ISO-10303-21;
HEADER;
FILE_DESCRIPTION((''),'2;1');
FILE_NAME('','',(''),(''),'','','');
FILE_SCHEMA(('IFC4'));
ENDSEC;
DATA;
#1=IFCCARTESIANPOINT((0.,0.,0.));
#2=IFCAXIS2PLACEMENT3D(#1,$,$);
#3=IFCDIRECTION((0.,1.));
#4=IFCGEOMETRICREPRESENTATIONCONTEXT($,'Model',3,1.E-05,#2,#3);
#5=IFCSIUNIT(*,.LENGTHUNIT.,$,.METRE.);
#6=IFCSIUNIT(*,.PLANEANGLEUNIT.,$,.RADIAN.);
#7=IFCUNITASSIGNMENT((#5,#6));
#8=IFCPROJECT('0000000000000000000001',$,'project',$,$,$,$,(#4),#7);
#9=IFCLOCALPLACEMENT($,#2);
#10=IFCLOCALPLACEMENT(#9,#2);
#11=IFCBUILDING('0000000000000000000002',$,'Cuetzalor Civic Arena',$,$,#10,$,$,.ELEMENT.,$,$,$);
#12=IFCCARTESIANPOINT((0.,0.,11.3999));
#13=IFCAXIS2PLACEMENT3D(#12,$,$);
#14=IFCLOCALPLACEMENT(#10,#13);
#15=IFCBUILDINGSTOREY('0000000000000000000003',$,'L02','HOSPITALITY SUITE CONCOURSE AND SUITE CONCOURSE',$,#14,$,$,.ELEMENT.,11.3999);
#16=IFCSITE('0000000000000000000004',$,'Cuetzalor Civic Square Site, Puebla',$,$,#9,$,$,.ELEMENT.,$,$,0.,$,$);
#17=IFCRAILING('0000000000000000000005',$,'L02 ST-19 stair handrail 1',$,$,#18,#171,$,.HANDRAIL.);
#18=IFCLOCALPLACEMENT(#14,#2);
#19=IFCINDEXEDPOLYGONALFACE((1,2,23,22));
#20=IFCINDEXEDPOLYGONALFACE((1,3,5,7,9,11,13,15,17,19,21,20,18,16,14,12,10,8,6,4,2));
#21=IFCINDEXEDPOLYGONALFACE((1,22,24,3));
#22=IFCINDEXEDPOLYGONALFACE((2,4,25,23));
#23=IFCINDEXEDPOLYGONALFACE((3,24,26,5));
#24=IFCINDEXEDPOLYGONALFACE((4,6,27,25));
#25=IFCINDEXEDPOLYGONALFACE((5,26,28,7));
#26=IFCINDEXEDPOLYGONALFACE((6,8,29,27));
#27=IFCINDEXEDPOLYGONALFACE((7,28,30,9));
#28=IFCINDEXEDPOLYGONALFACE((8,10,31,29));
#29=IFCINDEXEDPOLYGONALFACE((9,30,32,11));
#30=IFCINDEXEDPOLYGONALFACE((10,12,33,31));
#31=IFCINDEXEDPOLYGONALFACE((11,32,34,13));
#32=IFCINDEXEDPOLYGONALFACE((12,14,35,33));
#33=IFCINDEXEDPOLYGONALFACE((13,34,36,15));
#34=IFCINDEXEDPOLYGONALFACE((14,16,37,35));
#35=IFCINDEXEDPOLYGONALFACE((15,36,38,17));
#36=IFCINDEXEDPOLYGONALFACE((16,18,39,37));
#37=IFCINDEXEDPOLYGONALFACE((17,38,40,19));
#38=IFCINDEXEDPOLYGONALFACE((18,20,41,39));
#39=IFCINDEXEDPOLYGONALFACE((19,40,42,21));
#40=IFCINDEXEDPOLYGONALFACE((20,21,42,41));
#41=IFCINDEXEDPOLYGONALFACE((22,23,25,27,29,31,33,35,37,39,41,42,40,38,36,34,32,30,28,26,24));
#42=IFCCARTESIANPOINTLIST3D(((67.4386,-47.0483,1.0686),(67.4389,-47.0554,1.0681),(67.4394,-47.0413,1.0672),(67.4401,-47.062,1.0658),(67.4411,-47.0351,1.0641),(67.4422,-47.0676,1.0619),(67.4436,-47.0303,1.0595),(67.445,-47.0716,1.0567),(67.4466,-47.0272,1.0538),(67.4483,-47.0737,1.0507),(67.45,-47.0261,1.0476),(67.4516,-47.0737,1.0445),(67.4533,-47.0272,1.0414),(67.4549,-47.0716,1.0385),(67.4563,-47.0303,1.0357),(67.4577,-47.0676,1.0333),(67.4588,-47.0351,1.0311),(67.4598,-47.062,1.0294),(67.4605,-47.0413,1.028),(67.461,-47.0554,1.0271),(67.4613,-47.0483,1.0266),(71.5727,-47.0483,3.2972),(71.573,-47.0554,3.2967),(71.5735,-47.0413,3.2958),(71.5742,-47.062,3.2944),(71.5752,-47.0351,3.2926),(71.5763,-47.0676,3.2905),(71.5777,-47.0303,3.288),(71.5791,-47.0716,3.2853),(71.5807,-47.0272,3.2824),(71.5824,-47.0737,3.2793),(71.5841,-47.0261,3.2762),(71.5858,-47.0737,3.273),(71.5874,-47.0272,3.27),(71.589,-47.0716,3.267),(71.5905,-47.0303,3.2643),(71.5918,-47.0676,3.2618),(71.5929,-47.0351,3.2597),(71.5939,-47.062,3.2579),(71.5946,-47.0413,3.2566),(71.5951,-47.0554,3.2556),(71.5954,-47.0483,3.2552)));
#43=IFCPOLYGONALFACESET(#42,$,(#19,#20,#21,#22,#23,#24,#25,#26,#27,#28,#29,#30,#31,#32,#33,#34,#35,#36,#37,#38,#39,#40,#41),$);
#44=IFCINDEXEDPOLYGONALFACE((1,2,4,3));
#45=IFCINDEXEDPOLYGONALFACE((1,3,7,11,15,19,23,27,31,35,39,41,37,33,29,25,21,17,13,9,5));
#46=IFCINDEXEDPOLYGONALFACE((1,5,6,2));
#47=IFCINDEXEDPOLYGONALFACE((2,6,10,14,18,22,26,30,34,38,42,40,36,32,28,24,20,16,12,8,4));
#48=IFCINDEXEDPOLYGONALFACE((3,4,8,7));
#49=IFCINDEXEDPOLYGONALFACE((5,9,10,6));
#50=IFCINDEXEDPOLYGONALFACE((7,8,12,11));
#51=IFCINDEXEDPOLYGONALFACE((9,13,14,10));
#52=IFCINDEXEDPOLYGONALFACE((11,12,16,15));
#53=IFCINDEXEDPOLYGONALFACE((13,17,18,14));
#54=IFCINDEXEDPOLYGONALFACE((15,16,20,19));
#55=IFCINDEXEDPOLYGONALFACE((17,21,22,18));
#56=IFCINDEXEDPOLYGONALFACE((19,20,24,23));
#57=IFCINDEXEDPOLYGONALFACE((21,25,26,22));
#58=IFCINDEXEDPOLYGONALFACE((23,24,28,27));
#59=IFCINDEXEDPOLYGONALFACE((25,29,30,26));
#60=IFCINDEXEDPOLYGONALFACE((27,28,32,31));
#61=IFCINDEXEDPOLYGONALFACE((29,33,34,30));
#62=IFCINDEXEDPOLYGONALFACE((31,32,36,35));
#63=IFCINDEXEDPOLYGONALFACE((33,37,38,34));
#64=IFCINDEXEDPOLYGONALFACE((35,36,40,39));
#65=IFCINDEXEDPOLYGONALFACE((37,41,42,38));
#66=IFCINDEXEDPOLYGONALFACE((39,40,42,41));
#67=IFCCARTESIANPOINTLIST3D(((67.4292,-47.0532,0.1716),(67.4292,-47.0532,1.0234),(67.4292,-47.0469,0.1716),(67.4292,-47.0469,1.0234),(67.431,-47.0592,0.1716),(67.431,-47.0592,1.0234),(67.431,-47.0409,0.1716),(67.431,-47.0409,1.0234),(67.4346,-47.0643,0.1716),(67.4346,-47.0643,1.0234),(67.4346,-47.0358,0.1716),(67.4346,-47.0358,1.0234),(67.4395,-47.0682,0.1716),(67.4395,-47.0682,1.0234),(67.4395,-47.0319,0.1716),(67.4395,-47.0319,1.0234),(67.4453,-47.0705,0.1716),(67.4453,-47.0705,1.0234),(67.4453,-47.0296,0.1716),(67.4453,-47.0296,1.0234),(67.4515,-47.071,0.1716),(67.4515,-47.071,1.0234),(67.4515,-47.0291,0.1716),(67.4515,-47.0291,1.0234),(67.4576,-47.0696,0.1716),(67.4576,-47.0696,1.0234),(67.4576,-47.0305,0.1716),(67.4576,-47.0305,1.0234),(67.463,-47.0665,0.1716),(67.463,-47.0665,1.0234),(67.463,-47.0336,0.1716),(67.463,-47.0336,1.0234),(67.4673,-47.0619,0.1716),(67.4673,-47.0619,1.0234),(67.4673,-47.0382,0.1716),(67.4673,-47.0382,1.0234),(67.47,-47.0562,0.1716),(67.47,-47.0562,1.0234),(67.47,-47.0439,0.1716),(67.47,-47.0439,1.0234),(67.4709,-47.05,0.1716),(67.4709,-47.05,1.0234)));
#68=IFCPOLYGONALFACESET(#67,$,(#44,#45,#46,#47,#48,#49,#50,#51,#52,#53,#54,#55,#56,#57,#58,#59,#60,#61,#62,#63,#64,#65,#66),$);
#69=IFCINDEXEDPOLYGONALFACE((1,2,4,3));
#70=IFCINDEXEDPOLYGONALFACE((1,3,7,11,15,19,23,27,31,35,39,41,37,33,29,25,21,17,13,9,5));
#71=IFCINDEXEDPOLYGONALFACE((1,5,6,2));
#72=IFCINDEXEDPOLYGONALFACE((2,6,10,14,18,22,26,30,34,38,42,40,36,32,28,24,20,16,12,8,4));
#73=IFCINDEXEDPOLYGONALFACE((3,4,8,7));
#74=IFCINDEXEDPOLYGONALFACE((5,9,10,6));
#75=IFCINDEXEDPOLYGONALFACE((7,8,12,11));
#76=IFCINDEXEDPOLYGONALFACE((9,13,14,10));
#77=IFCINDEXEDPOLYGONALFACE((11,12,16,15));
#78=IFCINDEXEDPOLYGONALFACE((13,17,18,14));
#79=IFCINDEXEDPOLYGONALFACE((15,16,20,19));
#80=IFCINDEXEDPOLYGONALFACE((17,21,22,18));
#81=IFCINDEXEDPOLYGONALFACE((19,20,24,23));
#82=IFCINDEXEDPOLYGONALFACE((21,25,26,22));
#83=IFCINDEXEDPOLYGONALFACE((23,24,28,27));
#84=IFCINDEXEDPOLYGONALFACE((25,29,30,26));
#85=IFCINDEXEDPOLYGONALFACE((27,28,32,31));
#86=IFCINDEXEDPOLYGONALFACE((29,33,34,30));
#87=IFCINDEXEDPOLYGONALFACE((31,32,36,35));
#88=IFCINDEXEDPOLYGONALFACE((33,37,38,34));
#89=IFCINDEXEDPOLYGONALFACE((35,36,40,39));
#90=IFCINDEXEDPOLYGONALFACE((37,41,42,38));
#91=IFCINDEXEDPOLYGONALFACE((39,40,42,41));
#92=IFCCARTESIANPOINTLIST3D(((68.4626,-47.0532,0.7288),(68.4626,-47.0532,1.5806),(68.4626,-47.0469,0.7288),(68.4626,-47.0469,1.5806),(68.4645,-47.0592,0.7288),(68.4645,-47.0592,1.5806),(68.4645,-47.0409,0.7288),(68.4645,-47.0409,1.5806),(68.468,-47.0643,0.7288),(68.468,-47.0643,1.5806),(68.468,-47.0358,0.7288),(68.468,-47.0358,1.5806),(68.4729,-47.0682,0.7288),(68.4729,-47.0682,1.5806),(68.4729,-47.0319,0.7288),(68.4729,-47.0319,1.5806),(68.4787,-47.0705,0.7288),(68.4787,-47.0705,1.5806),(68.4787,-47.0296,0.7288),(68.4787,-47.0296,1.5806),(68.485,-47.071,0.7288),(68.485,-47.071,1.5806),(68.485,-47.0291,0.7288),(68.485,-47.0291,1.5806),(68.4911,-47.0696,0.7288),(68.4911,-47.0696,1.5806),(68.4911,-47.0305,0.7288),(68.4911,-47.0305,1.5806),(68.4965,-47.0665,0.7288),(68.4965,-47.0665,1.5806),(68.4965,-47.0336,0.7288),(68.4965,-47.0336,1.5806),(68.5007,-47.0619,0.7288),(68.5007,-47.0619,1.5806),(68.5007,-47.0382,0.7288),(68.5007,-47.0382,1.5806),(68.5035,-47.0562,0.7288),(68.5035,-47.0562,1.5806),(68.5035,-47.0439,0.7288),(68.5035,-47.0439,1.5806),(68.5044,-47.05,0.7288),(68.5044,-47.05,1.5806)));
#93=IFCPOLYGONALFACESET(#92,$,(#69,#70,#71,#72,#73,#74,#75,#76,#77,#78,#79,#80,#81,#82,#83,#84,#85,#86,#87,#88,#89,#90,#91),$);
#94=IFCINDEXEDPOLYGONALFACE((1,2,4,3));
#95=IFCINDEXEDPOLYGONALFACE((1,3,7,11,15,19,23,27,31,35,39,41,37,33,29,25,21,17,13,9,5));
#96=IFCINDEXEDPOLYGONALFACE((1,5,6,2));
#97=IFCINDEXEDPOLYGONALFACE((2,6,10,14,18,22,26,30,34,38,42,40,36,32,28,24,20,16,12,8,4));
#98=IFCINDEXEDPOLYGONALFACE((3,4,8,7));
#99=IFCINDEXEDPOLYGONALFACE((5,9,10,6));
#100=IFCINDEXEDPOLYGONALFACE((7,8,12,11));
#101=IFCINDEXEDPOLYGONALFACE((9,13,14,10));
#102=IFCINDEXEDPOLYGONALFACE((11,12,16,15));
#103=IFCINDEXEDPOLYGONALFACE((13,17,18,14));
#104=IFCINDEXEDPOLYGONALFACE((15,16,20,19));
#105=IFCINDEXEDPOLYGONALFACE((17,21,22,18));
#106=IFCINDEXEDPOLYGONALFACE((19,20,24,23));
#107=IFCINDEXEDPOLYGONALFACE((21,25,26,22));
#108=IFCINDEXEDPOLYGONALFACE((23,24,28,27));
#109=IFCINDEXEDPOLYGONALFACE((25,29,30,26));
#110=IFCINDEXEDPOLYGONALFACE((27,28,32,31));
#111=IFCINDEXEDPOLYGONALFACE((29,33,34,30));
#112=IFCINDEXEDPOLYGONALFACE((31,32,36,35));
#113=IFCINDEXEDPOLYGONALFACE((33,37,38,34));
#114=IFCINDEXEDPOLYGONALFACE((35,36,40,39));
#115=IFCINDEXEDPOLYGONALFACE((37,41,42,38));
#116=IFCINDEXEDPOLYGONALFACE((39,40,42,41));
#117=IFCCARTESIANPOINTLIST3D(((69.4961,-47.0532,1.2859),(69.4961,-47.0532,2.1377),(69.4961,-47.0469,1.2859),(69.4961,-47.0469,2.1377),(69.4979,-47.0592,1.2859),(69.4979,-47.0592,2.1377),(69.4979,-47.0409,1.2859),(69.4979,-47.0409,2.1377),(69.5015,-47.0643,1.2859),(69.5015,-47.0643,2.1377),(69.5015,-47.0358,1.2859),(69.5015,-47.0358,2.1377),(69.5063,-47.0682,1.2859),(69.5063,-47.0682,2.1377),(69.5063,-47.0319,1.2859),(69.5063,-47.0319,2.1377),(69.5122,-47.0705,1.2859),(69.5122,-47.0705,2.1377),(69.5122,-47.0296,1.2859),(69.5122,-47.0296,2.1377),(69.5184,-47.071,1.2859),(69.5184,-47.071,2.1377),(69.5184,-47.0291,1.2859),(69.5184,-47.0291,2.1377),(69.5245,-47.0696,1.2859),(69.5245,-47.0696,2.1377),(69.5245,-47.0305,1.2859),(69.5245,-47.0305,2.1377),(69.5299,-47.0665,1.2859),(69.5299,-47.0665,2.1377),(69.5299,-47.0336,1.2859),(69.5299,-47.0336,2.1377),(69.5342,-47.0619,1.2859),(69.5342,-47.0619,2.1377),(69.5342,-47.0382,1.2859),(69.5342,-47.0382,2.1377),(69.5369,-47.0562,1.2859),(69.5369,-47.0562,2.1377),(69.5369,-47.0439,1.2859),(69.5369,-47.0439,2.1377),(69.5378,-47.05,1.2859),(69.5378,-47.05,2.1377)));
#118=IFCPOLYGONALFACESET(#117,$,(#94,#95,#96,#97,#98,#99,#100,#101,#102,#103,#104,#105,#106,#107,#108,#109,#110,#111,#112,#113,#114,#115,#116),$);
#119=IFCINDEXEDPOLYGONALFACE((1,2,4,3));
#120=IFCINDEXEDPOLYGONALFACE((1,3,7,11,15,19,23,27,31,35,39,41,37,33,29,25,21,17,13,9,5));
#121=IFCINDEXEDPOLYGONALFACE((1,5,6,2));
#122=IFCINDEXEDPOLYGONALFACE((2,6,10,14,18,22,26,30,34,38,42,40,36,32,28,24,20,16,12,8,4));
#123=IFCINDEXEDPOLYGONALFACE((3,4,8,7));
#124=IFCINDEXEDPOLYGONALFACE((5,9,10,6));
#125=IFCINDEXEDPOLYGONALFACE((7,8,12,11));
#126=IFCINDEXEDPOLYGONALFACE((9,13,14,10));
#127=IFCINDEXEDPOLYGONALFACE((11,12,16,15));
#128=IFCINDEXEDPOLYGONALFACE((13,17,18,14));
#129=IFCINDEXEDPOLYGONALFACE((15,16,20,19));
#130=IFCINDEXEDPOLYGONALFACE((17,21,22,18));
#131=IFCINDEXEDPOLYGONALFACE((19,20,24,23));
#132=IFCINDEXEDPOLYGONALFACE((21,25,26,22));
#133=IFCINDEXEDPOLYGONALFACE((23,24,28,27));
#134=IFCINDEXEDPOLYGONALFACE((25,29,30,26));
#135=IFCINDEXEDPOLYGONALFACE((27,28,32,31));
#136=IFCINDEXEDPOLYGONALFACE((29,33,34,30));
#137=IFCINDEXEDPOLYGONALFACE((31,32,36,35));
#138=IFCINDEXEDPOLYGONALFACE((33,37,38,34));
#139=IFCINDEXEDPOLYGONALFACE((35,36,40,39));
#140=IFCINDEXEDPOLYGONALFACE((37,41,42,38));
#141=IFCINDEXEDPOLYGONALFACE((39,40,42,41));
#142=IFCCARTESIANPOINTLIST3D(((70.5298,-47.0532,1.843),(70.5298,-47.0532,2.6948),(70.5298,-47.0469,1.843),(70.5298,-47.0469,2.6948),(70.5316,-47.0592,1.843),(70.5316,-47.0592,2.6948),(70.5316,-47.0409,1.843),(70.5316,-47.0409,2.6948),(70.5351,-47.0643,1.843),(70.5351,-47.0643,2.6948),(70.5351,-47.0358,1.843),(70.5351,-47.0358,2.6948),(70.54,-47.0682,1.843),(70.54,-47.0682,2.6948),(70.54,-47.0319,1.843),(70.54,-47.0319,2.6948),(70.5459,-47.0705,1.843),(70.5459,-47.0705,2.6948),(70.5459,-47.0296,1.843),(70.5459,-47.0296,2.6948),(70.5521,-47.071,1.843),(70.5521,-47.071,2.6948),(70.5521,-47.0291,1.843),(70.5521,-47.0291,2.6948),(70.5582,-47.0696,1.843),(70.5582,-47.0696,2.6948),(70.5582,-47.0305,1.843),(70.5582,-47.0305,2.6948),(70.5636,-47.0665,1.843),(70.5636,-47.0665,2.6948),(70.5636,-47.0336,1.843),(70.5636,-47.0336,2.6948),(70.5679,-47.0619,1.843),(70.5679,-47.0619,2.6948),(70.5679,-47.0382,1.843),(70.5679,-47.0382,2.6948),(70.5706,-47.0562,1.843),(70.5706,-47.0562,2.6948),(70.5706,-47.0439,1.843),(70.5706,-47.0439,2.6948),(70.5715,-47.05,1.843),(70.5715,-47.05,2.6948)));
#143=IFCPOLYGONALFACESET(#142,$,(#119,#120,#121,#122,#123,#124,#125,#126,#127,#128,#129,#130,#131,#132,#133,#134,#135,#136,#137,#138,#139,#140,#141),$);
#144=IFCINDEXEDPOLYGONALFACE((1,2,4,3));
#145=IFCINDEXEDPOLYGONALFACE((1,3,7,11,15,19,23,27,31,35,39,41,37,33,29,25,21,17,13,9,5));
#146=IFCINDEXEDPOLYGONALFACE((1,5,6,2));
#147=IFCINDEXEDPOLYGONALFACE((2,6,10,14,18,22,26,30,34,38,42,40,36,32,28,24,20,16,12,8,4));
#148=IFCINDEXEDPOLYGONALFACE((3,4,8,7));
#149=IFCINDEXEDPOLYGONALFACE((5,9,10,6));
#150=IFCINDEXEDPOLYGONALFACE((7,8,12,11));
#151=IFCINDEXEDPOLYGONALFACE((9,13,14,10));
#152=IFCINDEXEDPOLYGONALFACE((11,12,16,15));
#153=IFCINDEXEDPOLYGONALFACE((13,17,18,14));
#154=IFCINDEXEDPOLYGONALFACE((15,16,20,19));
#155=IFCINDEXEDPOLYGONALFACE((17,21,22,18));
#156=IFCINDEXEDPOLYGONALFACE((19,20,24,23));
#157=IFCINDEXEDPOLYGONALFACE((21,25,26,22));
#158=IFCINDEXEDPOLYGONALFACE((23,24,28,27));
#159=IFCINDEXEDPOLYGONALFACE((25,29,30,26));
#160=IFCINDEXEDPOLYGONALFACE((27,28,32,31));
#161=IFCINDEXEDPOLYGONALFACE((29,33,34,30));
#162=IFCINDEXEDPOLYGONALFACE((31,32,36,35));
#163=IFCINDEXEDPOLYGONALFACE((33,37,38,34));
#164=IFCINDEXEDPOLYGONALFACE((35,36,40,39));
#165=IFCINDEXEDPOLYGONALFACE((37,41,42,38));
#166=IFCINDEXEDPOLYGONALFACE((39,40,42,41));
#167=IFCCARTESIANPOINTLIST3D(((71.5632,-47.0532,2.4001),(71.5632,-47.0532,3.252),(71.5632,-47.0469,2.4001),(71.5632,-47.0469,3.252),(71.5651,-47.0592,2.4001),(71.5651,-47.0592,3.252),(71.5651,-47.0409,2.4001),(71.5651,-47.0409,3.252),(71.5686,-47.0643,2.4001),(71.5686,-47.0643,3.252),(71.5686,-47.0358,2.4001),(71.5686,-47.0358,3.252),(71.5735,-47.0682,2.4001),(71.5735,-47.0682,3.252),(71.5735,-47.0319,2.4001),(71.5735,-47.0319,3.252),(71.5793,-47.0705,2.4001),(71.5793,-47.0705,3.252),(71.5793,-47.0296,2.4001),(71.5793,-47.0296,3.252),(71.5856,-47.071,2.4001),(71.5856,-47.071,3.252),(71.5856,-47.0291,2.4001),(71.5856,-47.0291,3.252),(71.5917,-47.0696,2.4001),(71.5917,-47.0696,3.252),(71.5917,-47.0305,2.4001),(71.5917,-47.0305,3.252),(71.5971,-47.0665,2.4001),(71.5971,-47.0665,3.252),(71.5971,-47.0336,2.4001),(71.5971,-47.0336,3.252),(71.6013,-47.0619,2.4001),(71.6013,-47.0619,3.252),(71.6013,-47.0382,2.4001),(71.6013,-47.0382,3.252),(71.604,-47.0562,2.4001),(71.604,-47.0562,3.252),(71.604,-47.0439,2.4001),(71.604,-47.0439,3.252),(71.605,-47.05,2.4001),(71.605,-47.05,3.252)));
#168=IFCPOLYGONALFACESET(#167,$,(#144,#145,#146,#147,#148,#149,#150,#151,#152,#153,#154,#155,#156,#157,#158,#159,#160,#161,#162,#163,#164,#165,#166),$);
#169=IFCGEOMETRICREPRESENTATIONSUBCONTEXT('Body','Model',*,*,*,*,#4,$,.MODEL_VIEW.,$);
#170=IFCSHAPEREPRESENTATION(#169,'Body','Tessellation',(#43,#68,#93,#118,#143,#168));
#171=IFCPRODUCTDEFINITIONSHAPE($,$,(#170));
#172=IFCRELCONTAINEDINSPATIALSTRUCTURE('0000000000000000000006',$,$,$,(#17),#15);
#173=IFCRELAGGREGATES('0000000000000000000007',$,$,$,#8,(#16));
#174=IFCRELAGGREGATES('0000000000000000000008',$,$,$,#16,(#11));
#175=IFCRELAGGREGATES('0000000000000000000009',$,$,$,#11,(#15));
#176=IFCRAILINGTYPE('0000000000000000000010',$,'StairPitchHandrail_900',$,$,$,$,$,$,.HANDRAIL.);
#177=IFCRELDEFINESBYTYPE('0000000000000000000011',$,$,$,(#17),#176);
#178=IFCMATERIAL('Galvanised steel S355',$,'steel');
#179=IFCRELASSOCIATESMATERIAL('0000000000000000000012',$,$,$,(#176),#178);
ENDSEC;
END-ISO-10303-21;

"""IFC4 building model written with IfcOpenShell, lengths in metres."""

from ifc_helpers import new_model, si_unit, direction, frame, origin, origin_2d, place, context, subcontext, project, spatial, circle, extrude, material, type_object, element, save


model = new_model("IFC4")

# Units and contexts
model_context = context("Model", 3, precision=1e-05, world=origin(), true_north=direction((0.0, 1.0)))
body_context = subcontext(model_context, "Body", "Model", "MODEL_VIEW")
ifc_project = project(units=[si_unit("LENGTHUNIT", "METRE"), si_unit("PLANEANGLEUNIT", "RADIAN")], contexts=[model_context])

# Site, building, storey
site_placement = place(None, origin())
site = spatial("IfcSite", under=ifc_project, at=site_placement, Name="Cuetzalor Civic Square Site, Puebla", CompositionType="ELEMENT", RefElevation=0.0)
building_placement = place(site_placement, origin())
building = spatial("IfcBuilding", under=site, at=building_placement, Name="Cuetzalor Civic Arena", CompositionType="ELEMENT")
storey_placement = place(building_placement, frame((0.0, 0.0, 11.3999)))
storey = spatial("IfcBuildingStorey", under=building, at=storey_placement, Name="L02", Description="HOSPITALITY SUITE CONCOURSE AND SUITE CONCOURSE", CompositionType="ELEMENT", Elevation=11.3999)

# Railing
ifc_material_1 = material(Name="Galvanised steel S355", Category="steel")
railing_type_1 = type_object("IfcRailingType", Name="StairPitchHandrail_900", PredefinedType="HANDRAIL", material=ifc_material_1)
railing_1_placement = place(storey_placement, frame((67.45, -47.05, 0.1716)))
element("IfcRailing", 1, at=railing_1_placement, inside=storey, type_object=railing_type_1, Name="L02 ST-19 stair handrail 1", PredefinedType="HANDRAIL", context=body_context, shape_type="SweptSolid", body=[
    extrude(circle(Radius=0.0239, at=origin_2d()), frame((0.0, 0.0, 0.876), z_axis=(0.880249, 0.0, 0.474512), x_axis=(0.0, 1.0, 0.0)), (0.0, 0.0, 1.0), 4.6965),
    extrude(circle(Radius=0.021, at=origin_2d()), origin(), (0.0, 0.0, 1.0), 0.8518),
    extrude(circle(Radius=0.021, at=origin_2d()), frame((1.0334, 0.0, 0.5571)), (0.0, 0.0, 1.0), 0.8518),
    extrude(circle(Radius=0.021, at=origin_2d()), frame((2.0669, 0.0, 1.1143)), (0.0, 0.0, 1.0), 0.8518),
    extrude(circle(Radius=0.021, at=origin_2d()), frame((3.1006, 0.0, 1.6714)), (0.0, 0.0, 1.0), 0.8518),
    extrude(circle(Radius=0.021, at=origin_2d()), frame((4.134, 0.0, 2.2285)), (0.0, 0.0, 1.0), 0.8518),
])

save(model, "model.ifc")
